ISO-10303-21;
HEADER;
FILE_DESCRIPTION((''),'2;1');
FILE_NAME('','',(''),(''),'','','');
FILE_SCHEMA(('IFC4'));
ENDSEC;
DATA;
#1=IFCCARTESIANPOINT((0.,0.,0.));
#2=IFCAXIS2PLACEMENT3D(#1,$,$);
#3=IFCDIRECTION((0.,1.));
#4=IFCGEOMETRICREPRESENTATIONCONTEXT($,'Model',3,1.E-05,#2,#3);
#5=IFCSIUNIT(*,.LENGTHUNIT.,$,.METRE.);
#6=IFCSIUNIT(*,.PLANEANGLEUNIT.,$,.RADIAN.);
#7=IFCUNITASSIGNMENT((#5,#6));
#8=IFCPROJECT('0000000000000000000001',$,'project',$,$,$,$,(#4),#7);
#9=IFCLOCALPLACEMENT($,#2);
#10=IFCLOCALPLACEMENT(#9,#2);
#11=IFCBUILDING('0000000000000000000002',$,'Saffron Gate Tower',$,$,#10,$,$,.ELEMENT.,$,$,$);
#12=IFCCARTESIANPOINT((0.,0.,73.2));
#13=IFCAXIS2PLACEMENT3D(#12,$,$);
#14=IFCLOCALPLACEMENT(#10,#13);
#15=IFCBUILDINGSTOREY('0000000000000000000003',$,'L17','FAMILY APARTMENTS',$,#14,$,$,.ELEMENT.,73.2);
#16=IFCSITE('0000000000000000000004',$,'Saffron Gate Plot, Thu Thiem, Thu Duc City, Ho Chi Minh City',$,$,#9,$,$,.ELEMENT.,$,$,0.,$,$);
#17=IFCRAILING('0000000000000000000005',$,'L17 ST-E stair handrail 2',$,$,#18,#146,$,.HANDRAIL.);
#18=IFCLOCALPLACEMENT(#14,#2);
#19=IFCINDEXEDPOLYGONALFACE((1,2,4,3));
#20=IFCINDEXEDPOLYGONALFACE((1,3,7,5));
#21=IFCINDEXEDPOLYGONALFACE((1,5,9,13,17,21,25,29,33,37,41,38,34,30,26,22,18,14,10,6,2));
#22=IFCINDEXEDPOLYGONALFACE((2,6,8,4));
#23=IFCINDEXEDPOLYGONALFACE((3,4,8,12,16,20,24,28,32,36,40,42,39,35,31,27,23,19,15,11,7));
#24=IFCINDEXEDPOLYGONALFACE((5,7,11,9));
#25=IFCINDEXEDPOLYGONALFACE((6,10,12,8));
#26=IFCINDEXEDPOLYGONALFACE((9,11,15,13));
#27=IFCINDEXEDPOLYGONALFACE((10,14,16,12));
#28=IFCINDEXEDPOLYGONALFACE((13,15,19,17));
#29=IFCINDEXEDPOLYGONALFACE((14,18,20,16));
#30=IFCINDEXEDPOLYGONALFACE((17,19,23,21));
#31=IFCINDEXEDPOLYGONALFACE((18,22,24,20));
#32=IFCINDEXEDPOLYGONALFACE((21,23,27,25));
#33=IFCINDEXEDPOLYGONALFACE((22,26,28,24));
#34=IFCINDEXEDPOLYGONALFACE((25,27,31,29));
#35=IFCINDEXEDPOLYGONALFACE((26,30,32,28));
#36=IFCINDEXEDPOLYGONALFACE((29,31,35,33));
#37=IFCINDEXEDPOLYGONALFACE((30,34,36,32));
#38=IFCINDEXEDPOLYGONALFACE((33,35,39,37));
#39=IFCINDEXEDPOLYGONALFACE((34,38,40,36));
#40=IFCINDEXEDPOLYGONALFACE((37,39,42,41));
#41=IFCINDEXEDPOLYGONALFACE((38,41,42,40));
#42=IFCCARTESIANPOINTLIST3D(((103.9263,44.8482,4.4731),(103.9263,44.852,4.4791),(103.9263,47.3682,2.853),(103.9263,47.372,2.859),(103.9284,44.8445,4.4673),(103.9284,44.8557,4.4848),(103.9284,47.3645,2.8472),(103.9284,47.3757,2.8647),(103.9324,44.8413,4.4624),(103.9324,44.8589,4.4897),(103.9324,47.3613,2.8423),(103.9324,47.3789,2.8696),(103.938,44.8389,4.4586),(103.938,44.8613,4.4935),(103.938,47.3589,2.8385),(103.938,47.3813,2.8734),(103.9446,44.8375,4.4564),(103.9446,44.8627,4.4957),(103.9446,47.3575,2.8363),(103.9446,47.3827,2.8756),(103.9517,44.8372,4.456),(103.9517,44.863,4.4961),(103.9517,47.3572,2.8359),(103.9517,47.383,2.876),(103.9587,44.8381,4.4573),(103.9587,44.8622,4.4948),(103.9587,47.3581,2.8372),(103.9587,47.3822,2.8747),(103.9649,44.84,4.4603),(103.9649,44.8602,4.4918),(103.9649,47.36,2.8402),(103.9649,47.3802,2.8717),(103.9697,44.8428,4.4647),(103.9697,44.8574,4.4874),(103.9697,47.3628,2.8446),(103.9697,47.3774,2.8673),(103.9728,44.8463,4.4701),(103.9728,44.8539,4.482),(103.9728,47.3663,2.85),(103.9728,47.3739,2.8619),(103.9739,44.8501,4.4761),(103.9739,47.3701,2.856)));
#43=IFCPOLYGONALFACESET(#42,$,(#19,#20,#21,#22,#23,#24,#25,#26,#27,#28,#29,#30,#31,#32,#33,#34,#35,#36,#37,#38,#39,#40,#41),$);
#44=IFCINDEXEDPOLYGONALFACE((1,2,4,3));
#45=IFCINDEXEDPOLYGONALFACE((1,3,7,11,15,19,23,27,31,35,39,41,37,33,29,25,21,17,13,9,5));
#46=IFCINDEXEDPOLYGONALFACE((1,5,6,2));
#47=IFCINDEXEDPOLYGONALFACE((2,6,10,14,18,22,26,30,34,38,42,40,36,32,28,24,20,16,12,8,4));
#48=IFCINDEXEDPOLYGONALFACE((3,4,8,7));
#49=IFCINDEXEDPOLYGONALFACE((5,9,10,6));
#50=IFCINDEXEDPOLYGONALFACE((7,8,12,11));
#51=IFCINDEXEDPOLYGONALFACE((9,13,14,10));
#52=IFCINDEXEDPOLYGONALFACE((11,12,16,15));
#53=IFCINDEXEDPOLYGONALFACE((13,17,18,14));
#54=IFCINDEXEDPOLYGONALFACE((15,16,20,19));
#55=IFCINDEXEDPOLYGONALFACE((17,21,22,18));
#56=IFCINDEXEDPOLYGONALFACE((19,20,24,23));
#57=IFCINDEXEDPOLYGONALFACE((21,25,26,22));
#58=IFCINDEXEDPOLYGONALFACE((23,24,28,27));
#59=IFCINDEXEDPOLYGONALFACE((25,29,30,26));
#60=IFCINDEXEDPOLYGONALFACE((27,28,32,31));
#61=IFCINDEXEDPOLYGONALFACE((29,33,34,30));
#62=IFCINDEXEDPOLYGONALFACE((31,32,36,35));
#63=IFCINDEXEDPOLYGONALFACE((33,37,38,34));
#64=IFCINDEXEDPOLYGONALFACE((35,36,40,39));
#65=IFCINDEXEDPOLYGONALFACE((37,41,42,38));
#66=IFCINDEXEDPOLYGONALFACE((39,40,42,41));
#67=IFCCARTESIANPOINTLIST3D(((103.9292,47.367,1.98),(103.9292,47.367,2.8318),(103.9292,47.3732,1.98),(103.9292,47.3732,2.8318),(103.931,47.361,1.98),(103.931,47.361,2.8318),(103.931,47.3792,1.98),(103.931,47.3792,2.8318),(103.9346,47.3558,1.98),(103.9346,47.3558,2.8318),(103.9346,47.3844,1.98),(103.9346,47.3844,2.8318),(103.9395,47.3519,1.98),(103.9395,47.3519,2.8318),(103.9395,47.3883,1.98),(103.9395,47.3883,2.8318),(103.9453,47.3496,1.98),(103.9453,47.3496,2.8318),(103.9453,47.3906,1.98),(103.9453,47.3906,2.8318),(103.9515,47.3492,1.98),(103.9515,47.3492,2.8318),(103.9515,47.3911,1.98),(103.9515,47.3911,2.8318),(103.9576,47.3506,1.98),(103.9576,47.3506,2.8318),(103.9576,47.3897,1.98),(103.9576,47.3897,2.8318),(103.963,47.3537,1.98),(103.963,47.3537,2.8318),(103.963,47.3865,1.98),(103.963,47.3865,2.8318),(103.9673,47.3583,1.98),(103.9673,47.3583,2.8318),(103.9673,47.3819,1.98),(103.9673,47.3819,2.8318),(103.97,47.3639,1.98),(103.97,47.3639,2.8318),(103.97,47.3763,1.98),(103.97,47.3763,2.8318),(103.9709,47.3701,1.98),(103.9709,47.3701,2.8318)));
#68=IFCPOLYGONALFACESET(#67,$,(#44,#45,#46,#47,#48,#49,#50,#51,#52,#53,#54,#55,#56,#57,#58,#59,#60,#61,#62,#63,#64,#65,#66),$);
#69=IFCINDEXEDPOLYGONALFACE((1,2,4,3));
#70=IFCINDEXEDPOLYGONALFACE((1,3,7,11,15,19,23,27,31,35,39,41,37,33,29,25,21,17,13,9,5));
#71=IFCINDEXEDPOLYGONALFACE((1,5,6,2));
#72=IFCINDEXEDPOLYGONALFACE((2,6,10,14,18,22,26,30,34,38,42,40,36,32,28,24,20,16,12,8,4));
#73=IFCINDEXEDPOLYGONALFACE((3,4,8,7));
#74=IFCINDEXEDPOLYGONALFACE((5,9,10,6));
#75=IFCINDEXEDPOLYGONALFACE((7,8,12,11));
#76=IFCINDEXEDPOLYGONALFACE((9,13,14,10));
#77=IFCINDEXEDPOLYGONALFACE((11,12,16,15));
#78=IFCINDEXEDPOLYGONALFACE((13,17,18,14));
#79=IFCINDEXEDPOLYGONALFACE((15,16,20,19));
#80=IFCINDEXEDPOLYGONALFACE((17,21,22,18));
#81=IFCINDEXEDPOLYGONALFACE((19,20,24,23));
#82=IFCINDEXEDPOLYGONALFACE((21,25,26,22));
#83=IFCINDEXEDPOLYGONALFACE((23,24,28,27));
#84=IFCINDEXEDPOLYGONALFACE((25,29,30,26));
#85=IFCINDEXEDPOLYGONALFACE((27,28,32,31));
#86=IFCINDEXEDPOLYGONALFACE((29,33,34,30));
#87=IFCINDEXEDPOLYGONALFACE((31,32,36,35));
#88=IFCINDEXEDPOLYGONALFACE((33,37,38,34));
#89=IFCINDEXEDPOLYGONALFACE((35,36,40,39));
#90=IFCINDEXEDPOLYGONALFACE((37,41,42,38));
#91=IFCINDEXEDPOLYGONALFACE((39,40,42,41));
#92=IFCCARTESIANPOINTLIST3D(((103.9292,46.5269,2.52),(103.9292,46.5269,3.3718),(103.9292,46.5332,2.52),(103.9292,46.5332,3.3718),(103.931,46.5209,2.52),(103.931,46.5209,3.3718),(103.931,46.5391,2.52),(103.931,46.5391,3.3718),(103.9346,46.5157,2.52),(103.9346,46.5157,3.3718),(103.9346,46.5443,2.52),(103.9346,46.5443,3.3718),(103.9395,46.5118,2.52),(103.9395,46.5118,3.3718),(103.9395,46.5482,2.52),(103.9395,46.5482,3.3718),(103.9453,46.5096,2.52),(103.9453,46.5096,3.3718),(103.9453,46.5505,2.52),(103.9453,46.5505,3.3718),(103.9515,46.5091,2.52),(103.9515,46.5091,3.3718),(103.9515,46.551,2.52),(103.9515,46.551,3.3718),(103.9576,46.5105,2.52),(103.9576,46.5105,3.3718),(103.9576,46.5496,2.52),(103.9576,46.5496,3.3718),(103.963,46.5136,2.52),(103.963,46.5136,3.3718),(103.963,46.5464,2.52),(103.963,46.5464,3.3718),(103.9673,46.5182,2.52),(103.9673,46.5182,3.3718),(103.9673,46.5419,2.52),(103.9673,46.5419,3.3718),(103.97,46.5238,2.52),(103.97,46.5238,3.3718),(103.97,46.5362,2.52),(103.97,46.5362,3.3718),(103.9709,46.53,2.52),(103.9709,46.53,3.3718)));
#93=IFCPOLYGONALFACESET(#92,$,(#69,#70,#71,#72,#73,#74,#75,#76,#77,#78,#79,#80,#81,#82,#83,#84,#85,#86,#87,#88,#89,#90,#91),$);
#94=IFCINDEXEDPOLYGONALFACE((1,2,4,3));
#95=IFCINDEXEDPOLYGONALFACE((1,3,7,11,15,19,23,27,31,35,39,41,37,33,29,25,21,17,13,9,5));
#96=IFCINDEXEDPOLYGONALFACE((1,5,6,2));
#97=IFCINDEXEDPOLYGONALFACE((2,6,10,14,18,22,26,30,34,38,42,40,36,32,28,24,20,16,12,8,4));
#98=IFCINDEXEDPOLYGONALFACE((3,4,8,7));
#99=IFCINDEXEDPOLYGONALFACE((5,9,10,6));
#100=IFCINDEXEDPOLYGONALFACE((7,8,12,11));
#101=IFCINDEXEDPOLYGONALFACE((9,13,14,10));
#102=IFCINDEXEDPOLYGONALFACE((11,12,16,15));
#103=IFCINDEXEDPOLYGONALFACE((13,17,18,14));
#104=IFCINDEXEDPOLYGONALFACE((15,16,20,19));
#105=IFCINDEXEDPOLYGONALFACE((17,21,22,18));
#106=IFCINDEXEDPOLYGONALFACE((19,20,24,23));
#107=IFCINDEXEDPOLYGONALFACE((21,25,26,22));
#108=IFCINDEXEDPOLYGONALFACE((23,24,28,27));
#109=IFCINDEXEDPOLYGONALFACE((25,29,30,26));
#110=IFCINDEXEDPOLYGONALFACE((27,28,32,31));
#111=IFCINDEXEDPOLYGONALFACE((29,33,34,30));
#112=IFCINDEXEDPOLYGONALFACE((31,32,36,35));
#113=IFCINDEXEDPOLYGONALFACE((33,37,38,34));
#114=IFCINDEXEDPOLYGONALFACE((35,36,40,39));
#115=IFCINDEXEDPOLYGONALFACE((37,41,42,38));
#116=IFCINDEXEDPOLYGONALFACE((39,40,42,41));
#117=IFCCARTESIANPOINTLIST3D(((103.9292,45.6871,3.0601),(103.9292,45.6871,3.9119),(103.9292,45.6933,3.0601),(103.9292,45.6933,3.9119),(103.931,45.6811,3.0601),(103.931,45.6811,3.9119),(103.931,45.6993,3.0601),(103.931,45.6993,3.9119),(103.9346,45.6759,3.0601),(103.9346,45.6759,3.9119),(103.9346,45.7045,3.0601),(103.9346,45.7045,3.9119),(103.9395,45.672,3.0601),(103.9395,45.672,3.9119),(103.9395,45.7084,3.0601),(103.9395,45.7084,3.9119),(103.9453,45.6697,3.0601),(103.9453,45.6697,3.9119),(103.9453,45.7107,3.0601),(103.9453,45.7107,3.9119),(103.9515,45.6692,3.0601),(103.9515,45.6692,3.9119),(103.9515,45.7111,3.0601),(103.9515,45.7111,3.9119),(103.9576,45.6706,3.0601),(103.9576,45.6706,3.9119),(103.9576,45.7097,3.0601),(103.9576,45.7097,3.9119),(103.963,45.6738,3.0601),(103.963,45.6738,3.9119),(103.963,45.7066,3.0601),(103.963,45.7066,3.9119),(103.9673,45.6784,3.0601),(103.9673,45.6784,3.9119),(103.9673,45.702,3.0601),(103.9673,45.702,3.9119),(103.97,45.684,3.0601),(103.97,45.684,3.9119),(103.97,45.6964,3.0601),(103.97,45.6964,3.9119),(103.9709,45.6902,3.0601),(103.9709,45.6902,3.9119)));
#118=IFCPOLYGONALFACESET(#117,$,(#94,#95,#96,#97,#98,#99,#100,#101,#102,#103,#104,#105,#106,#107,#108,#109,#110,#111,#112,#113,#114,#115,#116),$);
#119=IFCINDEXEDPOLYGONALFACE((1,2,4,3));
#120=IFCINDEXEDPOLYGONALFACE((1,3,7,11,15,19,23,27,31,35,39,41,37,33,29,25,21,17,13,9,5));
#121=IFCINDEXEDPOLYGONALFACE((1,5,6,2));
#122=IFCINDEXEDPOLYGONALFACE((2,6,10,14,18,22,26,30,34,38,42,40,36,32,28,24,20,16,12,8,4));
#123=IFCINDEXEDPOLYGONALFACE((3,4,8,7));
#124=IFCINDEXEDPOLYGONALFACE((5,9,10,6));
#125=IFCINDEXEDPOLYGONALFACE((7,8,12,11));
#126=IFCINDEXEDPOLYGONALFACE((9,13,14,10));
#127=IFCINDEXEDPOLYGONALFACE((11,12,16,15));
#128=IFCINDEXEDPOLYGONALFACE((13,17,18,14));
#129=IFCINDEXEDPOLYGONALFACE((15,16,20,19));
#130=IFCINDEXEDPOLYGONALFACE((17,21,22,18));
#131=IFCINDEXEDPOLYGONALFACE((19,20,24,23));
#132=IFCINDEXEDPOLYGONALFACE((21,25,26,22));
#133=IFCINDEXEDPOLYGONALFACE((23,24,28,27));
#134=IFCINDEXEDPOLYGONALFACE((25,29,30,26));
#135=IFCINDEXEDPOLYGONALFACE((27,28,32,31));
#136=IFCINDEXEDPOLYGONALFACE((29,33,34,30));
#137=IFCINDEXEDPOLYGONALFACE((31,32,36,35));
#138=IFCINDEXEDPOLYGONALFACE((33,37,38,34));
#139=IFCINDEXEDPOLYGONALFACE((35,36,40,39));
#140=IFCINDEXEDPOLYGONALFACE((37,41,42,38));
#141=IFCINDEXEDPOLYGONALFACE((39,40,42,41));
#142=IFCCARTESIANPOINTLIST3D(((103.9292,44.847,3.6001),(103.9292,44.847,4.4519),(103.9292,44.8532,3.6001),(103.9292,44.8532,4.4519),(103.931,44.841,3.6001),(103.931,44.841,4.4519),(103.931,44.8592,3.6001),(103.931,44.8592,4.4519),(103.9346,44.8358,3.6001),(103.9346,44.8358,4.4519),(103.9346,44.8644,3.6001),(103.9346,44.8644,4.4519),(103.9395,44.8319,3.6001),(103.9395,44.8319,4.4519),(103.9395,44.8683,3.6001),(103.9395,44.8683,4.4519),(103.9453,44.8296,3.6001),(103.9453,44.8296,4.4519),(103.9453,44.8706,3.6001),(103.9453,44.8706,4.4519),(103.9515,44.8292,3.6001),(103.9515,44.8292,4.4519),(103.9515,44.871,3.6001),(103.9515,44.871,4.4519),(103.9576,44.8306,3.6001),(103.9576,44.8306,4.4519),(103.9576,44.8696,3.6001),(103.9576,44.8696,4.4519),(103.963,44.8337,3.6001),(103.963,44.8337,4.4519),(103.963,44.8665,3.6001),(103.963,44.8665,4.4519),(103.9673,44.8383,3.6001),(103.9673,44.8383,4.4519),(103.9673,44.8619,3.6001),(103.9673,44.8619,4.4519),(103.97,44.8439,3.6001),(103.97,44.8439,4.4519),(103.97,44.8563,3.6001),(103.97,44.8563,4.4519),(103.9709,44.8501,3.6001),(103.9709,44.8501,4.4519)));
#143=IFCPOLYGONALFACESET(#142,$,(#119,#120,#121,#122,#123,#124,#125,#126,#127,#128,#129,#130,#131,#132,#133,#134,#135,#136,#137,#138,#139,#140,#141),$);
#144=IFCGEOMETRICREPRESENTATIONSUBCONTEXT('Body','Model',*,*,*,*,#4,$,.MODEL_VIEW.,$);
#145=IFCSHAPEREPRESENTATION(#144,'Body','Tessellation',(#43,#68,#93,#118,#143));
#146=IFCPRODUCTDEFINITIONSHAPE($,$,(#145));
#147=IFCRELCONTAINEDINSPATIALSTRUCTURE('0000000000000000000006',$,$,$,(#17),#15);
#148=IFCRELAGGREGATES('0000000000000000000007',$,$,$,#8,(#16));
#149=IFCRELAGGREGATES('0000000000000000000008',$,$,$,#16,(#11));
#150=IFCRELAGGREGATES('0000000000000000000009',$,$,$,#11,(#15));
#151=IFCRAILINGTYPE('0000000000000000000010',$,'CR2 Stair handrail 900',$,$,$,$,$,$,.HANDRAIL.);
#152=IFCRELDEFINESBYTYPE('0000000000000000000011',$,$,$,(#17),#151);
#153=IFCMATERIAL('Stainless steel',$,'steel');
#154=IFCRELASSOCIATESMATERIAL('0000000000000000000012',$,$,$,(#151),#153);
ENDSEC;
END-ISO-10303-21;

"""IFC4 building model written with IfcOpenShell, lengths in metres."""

from ifc_helpers import new_model, si_unit, direction, frame, origin, origin_2d, place, context, subcontext, project, spatial, circle, extrude, material, type_object, element, save


model = new_model("IFC4")

# Units and contexts
model_context = context("Model", 3, precision=1e-05, world=origin(), true_north=direction((0.0, 1.0)))
body_context = subcontext(model_context, "Body", "Model", "MODEL_VIEW")
ifc_project = project(units=[si_unit("LENGTHUNIT", "METRE"), si_unit("PLANEANGLEUNIT", "RADIAN")], contexts=[model_context])

# Site, building, storey
site_placement = place(None, origin())
site = spatial("IfcSite", under=ifc_project, at=site_placement, Name="Saffron Gate Plot, Thu Thiem, Thu Duc City, Ho Chi Minh City", CompositionType="ELEMENT", RefElevation=0.0)
building_placement = place(site_placement, origin())
building = spatial("IfcBuilding", under=site, at=building_placement, Name="Saffron Gate Tower", CompositionType="ELEMENT")
storey_placement = place(building_placement, frame((0.0, 0.0, 73.2)))
storey = spatial("IfcBuildingStorey", under=building, at=storey_placement, Name="L17", Description="FAMILY APARTMENTS", CompositionType="ELEMENT", Elevation=73.2)

# Railing
ifc_material_1 = material(Name="Stainless steel", Category="steel")
railing_type_1 = type_object("IfcRailingType", Name="CR2 Stair handrail 900", PredefinedType="HANDRAIL", material=ifc_material_1)
railing_1_placement = place(storey_placement, frame((103.95, 47.3701, 1.98)))
element("IfcRailing", 1, at=railing_1_placement, inside=storey, type_object=railing_type_1, Name="L17 ST-E stair handrail 2", PredefinedType="HANDRAIL", context=body_context, shape_type="SweptSolid", body=[
    extrude(circle(Radius=0.0239, at=origin_2d()), frame((0.0, 0.0, 0.876), z_axis=(0.0, -0.841163, 0.540782), x_axis=(1.0, 0.0, 0.0)), (0.0, 0.0, 1.0), 2.9958),
    extrude(circle(Radius=0.021, at=origin_2d()), origin(), (0.0, 0.0, 1.0), 0.8518),
    extrude(circle(Radius=0.021, at=origin_2d()), frame((0.0, -0.8401, 0.54)), (0.0, 0.0, 1.0), 0.8518),
    extrude(circle(Radius=0.021, at=origin_2d()), frame((0.0, -1.6799, 1.0801)), (0.0, 0.0, 1.0), 0.8518),
    extrude(circle(Radius=0.021, at=origin_2d()), frame((0.0, -2.52, 1.6201)), (0.0, 0.0, 1.0), 0.8518),
])

save(model, "model.ifc")
